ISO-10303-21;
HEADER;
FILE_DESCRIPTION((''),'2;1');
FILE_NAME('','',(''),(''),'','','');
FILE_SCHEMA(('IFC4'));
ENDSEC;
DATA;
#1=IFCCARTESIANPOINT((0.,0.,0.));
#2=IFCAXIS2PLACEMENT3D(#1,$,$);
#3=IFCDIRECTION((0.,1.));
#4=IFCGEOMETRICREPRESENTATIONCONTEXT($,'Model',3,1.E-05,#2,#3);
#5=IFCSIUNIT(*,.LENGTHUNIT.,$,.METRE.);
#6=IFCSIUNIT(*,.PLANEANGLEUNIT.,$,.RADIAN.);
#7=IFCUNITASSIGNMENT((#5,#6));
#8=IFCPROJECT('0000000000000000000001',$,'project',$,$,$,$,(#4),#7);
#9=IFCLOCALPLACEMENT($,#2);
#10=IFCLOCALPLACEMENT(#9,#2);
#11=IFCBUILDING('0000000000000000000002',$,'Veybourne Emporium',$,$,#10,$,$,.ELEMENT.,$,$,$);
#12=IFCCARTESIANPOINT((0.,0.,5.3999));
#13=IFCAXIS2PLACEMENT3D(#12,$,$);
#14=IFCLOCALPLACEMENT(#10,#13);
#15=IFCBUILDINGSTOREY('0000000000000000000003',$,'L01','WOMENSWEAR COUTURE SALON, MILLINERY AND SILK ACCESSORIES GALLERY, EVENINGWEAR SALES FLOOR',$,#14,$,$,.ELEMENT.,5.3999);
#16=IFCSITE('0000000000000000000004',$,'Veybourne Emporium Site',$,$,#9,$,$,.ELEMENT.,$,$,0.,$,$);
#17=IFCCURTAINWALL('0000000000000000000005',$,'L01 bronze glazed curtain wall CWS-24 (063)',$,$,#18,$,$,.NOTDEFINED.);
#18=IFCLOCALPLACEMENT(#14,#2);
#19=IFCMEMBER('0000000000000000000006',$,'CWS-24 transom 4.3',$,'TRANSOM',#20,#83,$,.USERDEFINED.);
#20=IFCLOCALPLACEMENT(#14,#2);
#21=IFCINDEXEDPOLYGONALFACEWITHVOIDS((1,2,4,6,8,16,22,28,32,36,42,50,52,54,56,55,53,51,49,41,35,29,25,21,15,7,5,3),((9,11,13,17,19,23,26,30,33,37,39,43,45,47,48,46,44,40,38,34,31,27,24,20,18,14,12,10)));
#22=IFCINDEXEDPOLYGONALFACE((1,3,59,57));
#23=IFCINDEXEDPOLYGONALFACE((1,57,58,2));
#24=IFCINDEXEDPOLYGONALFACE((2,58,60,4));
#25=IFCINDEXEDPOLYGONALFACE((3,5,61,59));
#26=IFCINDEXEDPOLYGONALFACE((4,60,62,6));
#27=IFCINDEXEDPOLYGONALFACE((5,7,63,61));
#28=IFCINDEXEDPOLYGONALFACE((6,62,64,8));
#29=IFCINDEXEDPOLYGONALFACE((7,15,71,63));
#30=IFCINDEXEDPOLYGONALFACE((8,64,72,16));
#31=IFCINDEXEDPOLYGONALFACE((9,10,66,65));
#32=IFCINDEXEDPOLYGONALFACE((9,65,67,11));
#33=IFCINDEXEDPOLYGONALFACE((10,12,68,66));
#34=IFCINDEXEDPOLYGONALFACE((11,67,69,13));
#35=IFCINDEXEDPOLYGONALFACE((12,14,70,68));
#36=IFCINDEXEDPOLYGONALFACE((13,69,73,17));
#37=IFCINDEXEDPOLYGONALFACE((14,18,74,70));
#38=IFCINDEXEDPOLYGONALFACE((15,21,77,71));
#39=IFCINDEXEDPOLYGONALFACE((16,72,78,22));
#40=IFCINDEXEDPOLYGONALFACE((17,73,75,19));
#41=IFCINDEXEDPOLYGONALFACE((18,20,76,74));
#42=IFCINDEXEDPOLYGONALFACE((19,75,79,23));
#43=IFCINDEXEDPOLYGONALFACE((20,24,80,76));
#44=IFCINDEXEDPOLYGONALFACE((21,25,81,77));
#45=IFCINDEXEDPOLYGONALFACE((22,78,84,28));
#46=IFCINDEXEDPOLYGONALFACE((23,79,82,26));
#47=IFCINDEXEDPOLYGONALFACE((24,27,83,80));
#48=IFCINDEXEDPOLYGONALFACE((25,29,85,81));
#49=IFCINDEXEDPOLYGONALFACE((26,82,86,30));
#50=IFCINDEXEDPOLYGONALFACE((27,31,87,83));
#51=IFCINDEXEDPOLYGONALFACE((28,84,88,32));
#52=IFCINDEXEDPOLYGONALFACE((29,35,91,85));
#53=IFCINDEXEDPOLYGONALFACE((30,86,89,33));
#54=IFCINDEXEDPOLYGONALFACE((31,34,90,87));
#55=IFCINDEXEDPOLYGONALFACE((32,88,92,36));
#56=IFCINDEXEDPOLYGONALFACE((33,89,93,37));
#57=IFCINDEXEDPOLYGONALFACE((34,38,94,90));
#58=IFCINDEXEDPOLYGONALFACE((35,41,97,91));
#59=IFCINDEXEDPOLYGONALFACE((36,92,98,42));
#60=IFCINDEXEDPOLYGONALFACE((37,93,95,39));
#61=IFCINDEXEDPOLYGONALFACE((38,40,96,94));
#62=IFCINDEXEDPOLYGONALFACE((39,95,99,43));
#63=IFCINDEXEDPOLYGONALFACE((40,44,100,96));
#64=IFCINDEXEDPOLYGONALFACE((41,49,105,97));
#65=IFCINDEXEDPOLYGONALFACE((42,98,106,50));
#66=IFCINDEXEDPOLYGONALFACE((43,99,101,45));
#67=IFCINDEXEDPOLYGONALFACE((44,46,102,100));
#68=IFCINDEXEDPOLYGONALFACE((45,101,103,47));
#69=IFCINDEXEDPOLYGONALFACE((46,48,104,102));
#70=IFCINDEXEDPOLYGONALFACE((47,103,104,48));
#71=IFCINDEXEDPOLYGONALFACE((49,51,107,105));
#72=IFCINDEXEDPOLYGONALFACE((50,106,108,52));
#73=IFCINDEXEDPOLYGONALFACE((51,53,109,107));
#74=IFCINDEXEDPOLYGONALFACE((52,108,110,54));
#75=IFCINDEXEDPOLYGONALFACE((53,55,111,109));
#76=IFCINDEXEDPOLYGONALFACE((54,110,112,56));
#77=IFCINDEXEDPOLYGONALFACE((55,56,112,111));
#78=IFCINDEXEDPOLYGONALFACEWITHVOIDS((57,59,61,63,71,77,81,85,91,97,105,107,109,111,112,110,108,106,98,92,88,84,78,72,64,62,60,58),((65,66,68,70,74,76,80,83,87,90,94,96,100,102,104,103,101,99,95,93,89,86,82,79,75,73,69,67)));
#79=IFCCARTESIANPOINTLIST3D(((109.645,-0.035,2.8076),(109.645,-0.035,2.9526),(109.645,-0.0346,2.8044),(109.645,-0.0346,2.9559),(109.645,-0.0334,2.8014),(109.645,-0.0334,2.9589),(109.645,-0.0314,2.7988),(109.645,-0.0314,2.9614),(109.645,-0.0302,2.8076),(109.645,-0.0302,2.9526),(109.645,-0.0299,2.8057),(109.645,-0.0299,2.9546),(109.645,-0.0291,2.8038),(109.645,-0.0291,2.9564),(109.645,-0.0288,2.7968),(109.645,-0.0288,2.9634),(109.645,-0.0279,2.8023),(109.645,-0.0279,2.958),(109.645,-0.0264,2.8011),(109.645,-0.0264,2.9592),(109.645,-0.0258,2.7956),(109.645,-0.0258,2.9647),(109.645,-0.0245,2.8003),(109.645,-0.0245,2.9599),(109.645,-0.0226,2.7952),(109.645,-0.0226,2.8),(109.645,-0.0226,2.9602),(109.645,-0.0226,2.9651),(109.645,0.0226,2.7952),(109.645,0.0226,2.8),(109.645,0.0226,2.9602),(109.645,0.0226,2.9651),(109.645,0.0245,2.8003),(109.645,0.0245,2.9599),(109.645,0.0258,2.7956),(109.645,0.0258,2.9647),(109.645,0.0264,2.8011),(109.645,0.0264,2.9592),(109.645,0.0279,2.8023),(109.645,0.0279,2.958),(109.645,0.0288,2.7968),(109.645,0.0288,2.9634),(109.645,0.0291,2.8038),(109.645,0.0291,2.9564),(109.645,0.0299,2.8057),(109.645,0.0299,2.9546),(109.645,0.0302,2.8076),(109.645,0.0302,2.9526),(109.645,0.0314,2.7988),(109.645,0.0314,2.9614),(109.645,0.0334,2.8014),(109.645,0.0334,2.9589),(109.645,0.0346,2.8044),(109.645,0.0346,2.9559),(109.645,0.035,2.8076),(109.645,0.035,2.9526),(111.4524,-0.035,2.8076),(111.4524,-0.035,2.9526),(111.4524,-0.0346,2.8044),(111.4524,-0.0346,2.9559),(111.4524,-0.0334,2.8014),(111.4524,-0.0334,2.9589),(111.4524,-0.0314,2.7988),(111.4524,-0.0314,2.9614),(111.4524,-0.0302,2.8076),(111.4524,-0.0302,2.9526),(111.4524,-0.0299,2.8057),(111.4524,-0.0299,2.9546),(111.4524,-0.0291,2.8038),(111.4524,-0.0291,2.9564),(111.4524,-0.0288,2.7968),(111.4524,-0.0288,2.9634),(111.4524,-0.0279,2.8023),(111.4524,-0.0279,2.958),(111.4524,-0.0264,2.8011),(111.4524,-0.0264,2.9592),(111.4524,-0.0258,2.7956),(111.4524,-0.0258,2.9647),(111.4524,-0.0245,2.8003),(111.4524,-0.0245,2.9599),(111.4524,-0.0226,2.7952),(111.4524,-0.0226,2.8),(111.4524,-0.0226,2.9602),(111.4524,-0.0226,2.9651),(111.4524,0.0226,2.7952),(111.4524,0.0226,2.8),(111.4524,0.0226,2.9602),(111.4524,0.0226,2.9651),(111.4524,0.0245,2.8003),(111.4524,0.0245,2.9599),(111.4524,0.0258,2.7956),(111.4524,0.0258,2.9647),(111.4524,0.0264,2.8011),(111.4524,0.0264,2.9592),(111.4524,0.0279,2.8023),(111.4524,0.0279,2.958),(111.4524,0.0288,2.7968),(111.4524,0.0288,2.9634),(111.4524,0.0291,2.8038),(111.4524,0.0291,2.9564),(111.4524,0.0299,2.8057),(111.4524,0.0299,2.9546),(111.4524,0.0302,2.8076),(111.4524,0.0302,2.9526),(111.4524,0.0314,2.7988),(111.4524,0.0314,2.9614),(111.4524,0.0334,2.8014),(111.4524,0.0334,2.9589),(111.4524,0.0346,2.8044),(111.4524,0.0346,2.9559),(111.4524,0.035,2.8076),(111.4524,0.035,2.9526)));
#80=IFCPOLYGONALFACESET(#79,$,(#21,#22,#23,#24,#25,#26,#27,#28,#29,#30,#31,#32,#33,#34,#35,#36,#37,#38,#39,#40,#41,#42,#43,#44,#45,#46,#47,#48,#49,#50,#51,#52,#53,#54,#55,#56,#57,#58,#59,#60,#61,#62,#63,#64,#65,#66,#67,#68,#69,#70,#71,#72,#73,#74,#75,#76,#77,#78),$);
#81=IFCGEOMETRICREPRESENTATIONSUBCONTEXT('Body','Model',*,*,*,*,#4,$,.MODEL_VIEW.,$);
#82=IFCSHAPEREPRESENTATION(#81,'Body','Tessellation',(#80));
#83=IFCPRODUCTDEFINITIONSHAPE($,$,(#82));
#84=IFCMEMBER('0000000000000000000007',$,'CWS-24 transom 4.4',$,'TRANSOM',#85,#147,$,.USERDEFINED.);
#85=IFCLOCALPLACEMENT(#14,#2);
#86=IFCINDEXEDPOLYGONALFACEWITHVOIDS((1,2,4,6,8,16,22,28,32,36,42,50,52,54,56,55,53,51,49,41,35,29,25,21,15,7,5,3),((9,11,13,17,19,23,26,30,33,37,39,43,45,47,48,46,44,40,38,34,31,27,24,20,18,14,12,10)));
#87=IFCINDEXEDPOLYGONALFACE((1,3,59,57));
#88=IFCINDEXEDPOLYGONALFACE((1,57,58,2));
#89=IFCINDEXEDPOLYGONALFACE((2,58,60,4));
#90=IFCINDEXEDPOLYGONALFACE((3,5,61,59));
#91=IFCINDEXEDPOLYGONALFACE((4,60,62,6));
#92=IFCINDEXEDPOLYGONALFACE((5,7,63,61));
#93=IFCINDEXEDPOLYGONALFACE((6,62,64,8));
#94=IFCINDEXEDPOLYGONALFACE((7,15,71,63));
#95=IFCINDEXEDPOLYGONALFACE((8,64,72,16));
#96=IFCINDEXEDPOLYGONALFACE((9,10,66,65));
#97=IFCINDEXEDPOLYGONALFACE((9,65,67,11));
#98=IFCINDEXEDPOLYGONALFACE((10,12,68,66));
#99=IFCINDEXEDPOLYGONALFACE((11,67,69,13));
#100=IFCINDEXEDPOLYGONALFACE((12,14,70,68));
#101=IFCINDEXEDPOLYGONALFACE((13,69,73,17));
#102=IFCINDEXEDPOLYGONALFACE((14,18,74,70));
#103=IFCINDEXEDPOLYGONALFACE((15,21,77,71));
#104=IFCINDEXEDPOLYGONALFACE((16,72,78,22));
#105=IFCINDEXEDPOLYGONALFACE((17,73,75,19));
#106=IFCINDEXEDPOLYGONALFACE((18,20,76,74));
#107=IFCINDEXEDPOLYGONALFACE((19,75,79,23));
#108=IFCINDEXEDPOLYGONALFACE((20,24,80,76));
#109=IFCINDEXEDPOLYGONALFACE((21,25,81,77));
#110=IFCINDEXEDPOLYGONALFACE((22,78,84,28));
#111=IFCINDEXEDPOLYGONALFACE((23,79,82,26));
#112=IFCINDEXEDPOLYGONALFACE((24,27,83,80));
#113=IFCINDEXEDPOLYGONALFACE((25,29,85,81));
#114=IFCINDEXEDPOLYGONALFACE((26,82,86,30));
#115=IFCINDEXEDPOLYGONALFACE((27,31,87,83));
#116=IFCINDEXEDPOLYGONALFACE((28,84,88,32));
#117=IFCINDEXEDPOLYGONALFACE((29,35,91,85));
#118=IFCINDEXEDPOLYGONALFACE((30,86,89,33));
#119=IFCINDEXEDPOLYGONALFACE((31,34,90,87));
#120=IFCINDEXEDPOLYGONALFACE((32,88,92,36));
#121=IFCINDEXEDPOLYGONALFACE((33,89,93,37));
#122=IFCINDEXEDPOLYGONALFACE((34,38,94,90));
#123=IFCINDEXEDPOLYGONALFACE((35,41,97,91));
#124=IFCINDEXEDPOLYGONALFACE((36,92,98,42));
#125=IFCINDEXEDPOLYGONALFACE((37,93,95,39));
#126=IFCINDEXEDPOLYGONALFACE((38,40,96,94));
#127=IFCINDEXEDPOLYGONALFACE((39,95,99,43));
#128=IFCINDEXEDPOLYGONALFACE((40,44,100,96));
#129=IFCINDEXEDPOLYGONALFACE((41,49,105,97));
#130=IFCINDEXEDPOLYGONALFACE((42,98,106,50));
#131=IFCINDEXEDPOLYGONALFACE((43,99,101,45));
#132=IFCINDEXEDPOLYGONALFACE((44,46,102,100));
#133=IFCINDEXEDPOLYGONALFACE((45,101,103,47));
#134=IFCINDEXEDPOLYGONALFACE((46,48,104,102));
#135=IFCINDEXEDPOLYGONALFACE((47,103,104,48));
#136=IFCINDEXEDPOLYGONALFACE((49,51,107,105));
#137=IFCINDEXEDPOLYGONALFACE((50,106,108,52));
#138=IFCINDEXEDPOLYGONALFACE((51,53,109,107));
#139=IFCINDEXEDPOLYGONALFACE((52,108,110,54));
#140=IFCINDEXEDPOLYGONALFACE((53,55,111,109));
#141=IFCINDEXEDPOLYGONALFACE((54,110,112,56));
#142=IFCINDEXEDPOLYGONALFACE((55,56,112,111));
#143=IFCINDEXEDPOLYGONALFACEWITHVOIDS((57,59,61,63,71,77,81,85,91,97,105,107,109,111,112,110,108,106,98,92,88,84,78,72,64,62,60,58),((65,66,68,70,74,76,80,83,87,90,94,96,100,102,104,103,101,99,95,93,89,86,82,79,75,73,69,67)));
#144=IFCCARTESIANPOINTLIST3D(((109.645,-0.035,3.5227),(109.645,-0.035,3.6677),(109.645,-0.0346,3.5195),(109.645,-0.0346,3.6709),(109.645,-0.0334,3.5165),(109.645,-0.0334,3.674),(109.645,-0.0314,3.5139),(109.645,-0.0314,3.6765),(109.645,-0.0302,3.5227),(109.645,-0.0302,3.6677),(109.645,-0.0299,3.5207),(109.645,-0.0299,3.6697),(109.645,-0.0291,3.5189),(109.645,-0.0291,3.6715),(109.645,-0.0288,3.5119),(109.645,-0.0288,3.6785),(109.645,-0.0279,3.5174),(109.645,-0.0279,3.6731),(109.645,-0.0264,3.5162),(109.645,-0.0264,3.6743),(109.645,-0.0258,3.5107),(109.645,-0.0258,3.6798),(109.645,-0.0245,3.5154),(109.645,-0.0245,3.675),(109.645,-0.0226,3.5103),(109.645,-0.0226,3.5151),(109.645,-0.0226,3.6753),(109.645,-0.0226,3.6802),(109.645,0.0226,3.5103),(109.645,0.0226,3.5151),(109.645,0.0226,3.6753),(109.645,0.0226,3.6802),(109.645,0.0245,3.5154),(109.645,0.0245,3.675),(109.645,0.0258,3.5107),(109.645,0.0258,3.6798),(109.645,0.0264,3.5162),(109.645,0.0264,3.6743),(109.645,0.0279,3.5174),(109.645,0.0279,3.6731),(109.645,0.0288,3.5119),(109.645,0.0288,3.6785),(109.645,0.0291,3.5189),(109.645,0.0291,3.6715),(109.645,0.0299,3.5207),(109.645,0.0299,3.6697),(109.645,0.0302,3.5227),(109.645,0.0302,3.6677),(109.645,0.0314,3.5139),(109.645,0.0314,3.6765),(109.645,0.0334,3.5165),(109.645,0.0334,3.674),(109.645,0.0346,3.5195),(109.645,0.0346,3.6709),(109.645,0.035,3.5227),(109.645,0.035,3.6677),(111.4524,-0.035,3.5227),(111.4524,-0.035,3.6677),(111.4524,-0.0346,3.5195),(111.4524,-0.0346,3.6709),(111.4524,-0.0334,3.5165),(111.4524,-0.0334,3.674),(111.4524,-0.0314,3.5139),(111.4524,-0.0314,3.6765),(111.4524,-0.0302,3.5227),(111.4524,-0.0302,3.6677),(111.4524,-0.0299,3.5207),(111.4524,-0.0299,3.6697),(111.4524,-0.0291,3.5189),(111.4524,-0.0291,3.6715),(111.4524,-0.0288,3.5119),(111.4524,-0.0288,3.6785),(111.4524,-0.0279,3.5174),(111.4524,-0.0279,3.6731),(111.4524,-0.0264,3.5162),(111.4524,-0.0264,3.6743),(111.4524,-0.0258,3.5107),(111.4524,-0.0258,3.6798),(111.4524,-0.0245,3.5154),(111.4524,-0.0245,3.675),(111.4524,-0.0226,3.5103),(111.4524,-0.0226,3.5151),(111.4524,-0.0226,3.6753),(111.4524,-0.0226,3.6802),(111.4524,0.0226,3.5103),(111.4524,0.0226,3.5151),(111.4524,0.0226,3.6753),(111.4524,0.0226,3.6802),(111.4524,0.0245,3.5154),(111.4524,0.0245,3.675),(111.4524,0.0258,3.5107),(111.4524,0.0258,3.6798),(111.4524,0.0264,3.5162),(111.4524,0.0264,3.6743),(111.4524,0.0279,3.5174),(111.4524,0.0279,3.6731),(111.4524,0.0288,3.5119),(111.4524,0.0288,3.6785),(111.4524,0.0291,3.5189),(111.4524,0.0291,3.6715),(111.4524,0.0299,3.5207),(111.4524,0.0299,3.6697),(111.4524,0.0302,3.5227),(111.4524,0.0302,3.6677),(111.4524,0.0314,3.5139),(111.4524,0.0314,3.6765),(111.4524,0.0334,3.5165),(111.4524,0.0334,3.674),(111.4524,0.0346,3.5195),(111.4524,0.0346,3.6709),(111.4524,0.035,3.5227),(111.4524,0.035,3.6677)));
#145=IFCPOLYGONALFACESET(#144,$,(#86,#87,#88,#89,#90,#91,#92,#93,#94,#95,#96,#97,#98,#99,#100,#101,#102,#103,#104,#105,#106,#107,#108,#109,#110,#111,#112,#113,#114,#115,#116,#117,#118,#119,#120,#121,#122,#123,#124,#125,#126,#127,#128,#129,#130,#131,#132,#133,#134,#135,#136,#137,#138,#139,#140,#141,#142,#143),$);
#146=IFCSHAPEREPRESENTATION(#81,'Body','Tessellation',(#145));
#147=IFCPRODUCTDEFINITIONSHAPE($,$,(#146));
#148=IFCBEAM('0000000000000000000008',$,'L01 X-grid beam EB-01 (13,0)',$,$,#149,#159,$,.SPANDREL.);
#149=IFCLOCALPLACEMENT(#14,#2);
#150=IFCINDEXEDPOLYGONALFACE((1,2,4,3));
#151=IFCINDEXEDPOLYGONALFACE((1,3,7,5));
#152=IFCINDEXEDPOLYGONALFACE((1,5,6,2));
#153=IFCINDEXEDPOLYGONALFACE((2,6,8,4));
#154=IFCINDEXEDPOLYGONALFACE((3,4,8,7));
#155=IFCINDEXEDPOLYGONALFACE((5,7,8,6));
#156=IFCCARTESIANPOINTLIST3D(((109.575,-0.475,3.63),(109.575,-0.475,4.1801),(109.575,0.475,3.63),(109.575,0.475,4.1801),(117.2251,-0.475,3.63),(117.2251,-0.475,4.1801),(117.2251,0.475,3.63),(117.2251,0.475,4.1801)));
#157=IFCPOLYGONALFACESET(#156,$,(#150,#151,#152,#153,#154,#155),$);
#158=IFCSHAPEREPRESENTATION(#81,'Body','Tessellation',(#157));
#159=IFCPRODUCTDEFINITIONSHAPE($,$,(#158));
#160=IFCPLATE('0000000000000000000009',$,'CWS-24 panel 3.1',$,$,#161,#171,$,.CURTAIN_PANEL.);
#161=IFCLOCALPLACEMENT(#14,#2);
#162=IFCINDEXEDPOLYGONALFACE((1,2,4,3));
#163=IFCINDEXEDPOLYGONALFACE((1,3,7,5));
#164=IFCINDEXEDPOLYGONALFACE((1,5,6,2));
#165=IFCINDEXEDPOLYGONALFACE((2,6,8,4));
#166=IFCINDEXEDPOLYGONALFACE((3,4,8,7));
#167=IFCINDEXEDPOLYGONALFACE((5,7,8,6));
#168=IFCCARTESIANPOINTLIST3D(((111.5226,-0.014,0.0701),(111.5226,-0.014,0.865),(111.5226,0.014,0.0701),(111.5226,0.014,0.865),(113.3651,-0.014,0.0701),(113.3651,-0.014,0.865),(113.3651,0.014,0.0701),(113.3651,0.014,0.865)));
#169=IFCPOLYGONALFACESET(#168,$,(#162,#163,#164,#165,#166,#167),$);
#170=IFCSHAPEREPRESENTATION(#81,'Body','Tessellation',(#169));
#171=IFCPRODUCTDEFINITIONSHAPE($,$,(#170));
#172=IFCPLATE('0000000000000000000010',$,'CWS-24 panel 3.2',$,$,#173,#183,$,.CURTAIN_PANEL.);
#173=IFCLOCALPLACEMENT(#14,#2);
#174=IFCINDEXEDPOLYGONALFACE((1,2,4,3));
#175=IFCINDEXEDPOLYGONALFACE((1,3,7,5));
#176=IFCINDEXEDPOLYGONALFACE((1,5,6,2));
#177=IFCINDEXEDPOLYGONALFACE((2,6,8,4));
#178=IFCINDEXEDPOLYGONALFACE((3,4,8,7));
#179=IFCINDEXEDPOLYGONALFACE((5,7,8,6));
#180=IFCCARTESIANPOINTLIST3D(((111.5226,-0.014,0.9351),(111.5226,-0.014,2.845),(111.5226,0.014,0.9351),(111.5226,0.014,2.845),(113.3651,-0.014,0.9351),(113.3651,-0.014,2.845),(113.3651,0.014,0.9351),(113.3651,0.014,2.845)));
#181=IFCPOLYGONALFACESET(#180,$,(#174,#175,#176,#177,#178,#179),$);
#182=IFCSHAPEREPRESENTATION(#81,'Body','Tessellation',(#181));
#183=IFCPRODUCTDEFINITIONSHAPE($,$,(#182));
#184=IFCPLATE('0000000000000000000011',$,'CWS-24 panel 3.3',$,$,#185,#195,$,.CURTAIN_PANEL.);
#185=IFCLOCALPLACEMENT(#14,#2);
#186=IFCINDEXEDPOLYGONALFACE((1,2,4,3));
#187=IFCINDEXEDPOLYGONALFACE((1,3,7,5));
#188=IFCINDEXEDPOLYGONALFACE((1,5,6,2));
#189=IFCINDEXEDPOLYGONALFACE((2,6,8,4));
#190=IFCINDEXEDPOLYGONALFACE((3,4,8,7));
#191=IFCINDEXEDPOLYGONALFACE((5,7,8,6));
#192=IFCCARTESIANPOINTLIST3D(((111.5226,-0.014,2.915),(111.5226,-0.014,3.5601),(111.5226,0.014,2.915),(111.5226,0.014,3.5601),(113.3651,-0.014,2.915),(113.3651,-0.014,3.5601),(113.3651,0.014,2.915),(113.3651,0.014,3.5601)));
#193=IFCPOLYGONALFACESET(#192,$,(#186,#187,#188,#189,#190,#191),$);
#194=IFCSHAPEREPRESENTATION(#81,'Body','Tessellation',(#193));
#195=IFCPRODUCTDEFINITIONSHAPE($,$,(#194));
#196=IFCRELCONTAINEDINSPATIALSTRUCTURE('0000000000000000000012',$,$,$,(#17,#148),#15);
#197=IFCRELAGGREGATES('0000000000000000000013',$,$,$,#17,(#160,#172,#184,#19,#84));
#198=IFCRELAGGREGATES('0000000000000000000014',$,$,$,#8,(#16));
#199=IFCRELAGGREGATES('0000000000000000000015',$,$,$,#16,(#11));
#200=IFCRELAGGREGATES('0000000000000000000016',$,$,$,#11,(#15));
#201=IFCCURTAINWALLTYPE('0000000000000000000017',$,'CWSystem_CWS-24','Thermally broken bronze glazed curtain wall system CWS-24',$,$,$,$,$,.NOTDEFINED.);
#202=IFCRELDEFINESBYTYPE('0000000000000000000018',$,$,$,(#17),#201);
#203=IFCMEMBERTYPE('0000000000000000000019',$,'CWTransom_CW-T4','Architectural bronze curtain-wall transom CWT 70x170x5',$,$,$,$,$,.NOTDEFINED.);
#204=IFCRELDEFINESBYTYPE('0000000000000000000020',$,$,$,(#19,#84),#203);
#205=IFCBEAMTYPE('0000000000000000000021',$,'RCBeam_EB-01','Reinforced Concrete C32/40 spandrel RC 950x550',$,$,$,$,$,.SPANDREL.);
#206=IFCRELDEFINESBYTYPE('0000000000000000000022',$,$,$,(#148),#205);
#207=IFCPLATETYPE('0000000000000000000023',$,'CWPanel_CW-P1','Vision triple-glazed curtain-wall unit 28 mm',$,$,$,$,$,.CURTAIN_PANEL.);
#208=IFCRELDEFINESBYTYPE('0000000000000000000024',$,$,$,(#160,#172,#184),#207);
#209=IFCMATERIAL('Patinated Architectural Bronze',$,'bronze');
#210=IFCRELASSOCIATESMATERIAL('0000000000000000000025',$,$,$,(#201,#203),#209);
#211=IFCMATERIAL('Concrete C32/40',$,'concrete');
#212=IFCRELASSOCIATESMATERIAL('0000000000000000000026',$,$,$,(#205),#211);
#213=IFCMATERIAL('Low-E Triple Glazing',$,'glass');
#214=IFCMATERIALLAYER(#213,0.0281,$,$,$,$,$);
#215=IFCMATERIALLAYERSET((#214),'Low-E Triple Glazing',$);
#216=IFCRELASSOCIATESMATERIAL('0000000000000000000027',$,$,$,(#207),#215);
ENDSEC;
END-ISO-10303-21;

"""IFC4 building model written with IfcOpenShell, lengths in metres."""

from ifc_helpers import new_model, si_unit, direction, frame, origin, origin_2d, place, context, subcontext, project, spatial, rectangle, hollow_rectangle, extrude, material, layer, layer_set, material_profile, profile_set, type_object, element, aggregate, save


model = new_model("IFC4")

# Units and contexts
model_context = context("Model", 3, precision=1e-05, world=origin(), true_north=direction((0.0, 1.0)))
body_context = subcontext(model_context, "Body", "Model", "MODEL_VIEW")
ifc_project = project(units=[si_unit("LENGTHUNIT", "METRE"), si_unit("PLANEANGLEUNIT", "RADIAN")], contexts=[model_context])

# Site, building, storey
site_placement = place(None, origin())
site = spatial("IfcSite", under=ifc_project, at=site_placement, Name="Veybourne Emporium Site", CompositionType="ELEMENT", RefElevation=0.0)
building_placement = place(site_placement, origin())
building = spatial("IfcBuilding", under=site, at=building_placement, Name="Veybourne Emporium", CompositionType="ELEMENT")
storey_placement = place(building_placement, frame((0.0, 0.0, 5.3999)))
storey = spatial("IfcBuildingStorey", under=building, at=storey_placement, Name="L01", Description="WOMENSWEAR COUTURE SALON, MILLINERY AND SILK ACCESSORIES GALLERY, EVENINGWEAR SALES FLOOR", CompositionType="ELEMENT", Elevation=5.3999)

# Curtain wall, members
ifc_material_1 = material(Name="Patinated Architectural Bronze", Category="bronze")
curtain_wall_type = type_object("IfcCurtainWallType", Name="CWSystem_CWS-24", Description="Thermally broken bronze glazed curtain wall system CWS-24", PredefinedType="NOTDEFINED", material=ifc_material_1)
curtain_wall_placement = place(storey_placement, origin())
curtain_wall = element("IfcCurtainWall", 1, at=curtain_wall_placement, inside=storey, type_object=curtain_wall_type, Name="L01 bronze glazed curtain wall CWS-24 (063)", PredefinedType="NOTDEFINED")
ifc_material_profile_1 = material_profile(ifc_material_1, hollow_rectangle(XDim=0.0701, YDim=0.1699, WallThickness=0.0049, InnerFilletRadius=0.0076, OuterFilletRadius=0.0125, at=origin_2d()), Name="CWT 70x170x5")
ifc_profile_set_1 = profile_set([ifc_material_profile_1], Name="Patinated Architectural Bronze")
member_type_1 = type_object("IfcMemberType", Name="CWTransom_CW-T4", Description="Architectural bronze curtain-wall transom CWT 70x170x5", PredefinedType="NOTDEFINED", material=ifc_profile_set_1)
member_1_placement = place(storey_placement, frame((111.4524, 0.0, 2.8801), z_axis=(-1.0, 0.0, 0.0), x_axis=(0.0, -1.0, 0.0)))
member_1 = element("IfcMember", 2, at=member_1_placement, type_object=member_type_1, Name="CWS-24 transom 4.3", ObjectType="TRANSOM", PredefinedType="USERDEFINED", context=body_context, shape_type="SweptSolid", body=[
    extrude(hollow_rectangle(XDim=0.0701, YDim=0.1699, WallThickness=0.0049, InnerFilletRadius=0.0076, OuterFilletRadius=0.0125, at=origin_2d()), origin(), (0.0, 0.0, 1.0), 1.8074),
])
member_2_placement = place(storey_placement, frame((111.4524, 0.0, 3.5952), z_axis=(-1.0, 0.0, 0.0), x_axis=(0.0, -1.0, 0.0)))
member_2 = element("IfcMember", 3, at=member_2_placement, type_object=member_type_1, Name="CWS-24 transom 4.4", ObjectType="TRANSOM", PredefinedType="USERDEFINED", context=body_context, shape_type="SweptSolid", body=[
    extrude(hollow_rectangle(XDim=0.0701, YDim=0.1699, WallThickness=0.0049, InnerFilletRadius=0.0076, OuterFilletRadius=0.0125, at=origin_2d()), origin(), (0.0, 0.0, 1.0), 1.8074),
])

# Beam
ifc_material_2 = material(Name="Concrete C32/40", Category="concrete")
ifc_material_profile_2 = material_profile(ifc_material_2, rectangle(XDim=0.95, YDim=0.55, at=origin_2d()), Name="RC 950x550")
ifc_profile_set_2 = profile_set([ifc_material_profile_2], Name="Concrete C32/40")
beam_type = type_object("IfcBeamType", Name="RCBeam_EB-01", Description="Reinforced Concrete C32/40 spandrel RC 950x550", PredefinedType="SPANDREL", material=ifc_profile_set_2)
beam_placement = place(storey_placement, frame((109.575, 0.0, 3.905), z_axis=(1.0, 0.0, 0.0), x_axis=(0.0, 1.0, 0.0)))
element("IfcBeam", 4, at=beam_placement, inside=storey, type_object=beam_type, Name="L01 X-grid beam EB-01 (13,0)", PredefinedType="SPANDREL", context=body_context, shape_type="SweptSolid", body=[
    extrude(rectangle(XDim=0.95, YDim=0.55, at=origin_2d()), origin(), (0.0, 0.0, 1.0), 7.6501),
])

# Plates
ifc_material_3 = material(Name="Low-E Triple Glazing", Category="glass")
ifc_layer_1 = layer(ifc_material_3, 0.0281)
ifc_layer_set_1 = layer_set([ifc_layer_1], Name="Low-E Triple Glazing")
plate_type = type_object("IfcPlateType", Name="CWPanel_CW-P1", Description="Vision triple-glazed curtain-wall unit 28 mm", PredefinedType="CURTAIN_PANEL", material=ifc_layer_set_1)
plate_1_placement = place(storey_placement, frame((112.4438, 0.0, 0.0701), z_axis=(0.0, 0.0, 1.0), x_axis=(-1.0, 0.0, 0.0)))
plate_1 = element("IfcPlate", 5, at=plate_1_placement, type_object=plate_type, Name="CWS-24 panel 3.1", PredefinedType="CURTAIN_PANEL", context=body_context, shape_type="SweptSolid", body=[
    extrude(rectangle(XDim=1.8425, YDim=0.0281, at=origin_2d()), origin(), (0.0, 0.0, 1.0), 0.7949),
])
plate_2_placement = place(storey_placement, frame((112.4438, 0.0, 0.9351), z_axis=(0.0, 0.0, 1.0), x_axis=(-1.0, 0.0, 0.0)))
plate_2 = element("IfcPlate", 6, at=plate_2_placement, type_object=plate_type, Name="CWS-24 panel 3.2", PredefinedType="CURTAIN_PANEL", context=body_context, shape_type="SweptSolid", body=[
    extrude(rectangle(XDim=1.8425, YDim=0.0281, at=origin_2d()), origin(), (0.0, 0.0, 1.0), 1.9099),
])
plate_3_placement = place(storey_placement, frame((112.4438, 0.0, 2.915), z_axis=(0.0, 0.0, 1.0), x_axis=(-1.0, 0.0, 0.0)))
plate_3 = element("IfcPlate", 7, at=plate_3_placement, type_object=plate_type, Name="CWS-24 panel 3.3", PredefinedType="CURTAIN_PANEL", context=body_context, shape_type="SweptSolid", body=[
    extrude(rectangle(XDim=1.8425, YDim=0.0281, at=origin_2d()), origin(), (0.0, 0.0, 1.0), 0.645),
])
aggregate(curtain_wall, [plate_1, plate_2, plate_3, member_1, member_2])

save(model, "model.ifc")
